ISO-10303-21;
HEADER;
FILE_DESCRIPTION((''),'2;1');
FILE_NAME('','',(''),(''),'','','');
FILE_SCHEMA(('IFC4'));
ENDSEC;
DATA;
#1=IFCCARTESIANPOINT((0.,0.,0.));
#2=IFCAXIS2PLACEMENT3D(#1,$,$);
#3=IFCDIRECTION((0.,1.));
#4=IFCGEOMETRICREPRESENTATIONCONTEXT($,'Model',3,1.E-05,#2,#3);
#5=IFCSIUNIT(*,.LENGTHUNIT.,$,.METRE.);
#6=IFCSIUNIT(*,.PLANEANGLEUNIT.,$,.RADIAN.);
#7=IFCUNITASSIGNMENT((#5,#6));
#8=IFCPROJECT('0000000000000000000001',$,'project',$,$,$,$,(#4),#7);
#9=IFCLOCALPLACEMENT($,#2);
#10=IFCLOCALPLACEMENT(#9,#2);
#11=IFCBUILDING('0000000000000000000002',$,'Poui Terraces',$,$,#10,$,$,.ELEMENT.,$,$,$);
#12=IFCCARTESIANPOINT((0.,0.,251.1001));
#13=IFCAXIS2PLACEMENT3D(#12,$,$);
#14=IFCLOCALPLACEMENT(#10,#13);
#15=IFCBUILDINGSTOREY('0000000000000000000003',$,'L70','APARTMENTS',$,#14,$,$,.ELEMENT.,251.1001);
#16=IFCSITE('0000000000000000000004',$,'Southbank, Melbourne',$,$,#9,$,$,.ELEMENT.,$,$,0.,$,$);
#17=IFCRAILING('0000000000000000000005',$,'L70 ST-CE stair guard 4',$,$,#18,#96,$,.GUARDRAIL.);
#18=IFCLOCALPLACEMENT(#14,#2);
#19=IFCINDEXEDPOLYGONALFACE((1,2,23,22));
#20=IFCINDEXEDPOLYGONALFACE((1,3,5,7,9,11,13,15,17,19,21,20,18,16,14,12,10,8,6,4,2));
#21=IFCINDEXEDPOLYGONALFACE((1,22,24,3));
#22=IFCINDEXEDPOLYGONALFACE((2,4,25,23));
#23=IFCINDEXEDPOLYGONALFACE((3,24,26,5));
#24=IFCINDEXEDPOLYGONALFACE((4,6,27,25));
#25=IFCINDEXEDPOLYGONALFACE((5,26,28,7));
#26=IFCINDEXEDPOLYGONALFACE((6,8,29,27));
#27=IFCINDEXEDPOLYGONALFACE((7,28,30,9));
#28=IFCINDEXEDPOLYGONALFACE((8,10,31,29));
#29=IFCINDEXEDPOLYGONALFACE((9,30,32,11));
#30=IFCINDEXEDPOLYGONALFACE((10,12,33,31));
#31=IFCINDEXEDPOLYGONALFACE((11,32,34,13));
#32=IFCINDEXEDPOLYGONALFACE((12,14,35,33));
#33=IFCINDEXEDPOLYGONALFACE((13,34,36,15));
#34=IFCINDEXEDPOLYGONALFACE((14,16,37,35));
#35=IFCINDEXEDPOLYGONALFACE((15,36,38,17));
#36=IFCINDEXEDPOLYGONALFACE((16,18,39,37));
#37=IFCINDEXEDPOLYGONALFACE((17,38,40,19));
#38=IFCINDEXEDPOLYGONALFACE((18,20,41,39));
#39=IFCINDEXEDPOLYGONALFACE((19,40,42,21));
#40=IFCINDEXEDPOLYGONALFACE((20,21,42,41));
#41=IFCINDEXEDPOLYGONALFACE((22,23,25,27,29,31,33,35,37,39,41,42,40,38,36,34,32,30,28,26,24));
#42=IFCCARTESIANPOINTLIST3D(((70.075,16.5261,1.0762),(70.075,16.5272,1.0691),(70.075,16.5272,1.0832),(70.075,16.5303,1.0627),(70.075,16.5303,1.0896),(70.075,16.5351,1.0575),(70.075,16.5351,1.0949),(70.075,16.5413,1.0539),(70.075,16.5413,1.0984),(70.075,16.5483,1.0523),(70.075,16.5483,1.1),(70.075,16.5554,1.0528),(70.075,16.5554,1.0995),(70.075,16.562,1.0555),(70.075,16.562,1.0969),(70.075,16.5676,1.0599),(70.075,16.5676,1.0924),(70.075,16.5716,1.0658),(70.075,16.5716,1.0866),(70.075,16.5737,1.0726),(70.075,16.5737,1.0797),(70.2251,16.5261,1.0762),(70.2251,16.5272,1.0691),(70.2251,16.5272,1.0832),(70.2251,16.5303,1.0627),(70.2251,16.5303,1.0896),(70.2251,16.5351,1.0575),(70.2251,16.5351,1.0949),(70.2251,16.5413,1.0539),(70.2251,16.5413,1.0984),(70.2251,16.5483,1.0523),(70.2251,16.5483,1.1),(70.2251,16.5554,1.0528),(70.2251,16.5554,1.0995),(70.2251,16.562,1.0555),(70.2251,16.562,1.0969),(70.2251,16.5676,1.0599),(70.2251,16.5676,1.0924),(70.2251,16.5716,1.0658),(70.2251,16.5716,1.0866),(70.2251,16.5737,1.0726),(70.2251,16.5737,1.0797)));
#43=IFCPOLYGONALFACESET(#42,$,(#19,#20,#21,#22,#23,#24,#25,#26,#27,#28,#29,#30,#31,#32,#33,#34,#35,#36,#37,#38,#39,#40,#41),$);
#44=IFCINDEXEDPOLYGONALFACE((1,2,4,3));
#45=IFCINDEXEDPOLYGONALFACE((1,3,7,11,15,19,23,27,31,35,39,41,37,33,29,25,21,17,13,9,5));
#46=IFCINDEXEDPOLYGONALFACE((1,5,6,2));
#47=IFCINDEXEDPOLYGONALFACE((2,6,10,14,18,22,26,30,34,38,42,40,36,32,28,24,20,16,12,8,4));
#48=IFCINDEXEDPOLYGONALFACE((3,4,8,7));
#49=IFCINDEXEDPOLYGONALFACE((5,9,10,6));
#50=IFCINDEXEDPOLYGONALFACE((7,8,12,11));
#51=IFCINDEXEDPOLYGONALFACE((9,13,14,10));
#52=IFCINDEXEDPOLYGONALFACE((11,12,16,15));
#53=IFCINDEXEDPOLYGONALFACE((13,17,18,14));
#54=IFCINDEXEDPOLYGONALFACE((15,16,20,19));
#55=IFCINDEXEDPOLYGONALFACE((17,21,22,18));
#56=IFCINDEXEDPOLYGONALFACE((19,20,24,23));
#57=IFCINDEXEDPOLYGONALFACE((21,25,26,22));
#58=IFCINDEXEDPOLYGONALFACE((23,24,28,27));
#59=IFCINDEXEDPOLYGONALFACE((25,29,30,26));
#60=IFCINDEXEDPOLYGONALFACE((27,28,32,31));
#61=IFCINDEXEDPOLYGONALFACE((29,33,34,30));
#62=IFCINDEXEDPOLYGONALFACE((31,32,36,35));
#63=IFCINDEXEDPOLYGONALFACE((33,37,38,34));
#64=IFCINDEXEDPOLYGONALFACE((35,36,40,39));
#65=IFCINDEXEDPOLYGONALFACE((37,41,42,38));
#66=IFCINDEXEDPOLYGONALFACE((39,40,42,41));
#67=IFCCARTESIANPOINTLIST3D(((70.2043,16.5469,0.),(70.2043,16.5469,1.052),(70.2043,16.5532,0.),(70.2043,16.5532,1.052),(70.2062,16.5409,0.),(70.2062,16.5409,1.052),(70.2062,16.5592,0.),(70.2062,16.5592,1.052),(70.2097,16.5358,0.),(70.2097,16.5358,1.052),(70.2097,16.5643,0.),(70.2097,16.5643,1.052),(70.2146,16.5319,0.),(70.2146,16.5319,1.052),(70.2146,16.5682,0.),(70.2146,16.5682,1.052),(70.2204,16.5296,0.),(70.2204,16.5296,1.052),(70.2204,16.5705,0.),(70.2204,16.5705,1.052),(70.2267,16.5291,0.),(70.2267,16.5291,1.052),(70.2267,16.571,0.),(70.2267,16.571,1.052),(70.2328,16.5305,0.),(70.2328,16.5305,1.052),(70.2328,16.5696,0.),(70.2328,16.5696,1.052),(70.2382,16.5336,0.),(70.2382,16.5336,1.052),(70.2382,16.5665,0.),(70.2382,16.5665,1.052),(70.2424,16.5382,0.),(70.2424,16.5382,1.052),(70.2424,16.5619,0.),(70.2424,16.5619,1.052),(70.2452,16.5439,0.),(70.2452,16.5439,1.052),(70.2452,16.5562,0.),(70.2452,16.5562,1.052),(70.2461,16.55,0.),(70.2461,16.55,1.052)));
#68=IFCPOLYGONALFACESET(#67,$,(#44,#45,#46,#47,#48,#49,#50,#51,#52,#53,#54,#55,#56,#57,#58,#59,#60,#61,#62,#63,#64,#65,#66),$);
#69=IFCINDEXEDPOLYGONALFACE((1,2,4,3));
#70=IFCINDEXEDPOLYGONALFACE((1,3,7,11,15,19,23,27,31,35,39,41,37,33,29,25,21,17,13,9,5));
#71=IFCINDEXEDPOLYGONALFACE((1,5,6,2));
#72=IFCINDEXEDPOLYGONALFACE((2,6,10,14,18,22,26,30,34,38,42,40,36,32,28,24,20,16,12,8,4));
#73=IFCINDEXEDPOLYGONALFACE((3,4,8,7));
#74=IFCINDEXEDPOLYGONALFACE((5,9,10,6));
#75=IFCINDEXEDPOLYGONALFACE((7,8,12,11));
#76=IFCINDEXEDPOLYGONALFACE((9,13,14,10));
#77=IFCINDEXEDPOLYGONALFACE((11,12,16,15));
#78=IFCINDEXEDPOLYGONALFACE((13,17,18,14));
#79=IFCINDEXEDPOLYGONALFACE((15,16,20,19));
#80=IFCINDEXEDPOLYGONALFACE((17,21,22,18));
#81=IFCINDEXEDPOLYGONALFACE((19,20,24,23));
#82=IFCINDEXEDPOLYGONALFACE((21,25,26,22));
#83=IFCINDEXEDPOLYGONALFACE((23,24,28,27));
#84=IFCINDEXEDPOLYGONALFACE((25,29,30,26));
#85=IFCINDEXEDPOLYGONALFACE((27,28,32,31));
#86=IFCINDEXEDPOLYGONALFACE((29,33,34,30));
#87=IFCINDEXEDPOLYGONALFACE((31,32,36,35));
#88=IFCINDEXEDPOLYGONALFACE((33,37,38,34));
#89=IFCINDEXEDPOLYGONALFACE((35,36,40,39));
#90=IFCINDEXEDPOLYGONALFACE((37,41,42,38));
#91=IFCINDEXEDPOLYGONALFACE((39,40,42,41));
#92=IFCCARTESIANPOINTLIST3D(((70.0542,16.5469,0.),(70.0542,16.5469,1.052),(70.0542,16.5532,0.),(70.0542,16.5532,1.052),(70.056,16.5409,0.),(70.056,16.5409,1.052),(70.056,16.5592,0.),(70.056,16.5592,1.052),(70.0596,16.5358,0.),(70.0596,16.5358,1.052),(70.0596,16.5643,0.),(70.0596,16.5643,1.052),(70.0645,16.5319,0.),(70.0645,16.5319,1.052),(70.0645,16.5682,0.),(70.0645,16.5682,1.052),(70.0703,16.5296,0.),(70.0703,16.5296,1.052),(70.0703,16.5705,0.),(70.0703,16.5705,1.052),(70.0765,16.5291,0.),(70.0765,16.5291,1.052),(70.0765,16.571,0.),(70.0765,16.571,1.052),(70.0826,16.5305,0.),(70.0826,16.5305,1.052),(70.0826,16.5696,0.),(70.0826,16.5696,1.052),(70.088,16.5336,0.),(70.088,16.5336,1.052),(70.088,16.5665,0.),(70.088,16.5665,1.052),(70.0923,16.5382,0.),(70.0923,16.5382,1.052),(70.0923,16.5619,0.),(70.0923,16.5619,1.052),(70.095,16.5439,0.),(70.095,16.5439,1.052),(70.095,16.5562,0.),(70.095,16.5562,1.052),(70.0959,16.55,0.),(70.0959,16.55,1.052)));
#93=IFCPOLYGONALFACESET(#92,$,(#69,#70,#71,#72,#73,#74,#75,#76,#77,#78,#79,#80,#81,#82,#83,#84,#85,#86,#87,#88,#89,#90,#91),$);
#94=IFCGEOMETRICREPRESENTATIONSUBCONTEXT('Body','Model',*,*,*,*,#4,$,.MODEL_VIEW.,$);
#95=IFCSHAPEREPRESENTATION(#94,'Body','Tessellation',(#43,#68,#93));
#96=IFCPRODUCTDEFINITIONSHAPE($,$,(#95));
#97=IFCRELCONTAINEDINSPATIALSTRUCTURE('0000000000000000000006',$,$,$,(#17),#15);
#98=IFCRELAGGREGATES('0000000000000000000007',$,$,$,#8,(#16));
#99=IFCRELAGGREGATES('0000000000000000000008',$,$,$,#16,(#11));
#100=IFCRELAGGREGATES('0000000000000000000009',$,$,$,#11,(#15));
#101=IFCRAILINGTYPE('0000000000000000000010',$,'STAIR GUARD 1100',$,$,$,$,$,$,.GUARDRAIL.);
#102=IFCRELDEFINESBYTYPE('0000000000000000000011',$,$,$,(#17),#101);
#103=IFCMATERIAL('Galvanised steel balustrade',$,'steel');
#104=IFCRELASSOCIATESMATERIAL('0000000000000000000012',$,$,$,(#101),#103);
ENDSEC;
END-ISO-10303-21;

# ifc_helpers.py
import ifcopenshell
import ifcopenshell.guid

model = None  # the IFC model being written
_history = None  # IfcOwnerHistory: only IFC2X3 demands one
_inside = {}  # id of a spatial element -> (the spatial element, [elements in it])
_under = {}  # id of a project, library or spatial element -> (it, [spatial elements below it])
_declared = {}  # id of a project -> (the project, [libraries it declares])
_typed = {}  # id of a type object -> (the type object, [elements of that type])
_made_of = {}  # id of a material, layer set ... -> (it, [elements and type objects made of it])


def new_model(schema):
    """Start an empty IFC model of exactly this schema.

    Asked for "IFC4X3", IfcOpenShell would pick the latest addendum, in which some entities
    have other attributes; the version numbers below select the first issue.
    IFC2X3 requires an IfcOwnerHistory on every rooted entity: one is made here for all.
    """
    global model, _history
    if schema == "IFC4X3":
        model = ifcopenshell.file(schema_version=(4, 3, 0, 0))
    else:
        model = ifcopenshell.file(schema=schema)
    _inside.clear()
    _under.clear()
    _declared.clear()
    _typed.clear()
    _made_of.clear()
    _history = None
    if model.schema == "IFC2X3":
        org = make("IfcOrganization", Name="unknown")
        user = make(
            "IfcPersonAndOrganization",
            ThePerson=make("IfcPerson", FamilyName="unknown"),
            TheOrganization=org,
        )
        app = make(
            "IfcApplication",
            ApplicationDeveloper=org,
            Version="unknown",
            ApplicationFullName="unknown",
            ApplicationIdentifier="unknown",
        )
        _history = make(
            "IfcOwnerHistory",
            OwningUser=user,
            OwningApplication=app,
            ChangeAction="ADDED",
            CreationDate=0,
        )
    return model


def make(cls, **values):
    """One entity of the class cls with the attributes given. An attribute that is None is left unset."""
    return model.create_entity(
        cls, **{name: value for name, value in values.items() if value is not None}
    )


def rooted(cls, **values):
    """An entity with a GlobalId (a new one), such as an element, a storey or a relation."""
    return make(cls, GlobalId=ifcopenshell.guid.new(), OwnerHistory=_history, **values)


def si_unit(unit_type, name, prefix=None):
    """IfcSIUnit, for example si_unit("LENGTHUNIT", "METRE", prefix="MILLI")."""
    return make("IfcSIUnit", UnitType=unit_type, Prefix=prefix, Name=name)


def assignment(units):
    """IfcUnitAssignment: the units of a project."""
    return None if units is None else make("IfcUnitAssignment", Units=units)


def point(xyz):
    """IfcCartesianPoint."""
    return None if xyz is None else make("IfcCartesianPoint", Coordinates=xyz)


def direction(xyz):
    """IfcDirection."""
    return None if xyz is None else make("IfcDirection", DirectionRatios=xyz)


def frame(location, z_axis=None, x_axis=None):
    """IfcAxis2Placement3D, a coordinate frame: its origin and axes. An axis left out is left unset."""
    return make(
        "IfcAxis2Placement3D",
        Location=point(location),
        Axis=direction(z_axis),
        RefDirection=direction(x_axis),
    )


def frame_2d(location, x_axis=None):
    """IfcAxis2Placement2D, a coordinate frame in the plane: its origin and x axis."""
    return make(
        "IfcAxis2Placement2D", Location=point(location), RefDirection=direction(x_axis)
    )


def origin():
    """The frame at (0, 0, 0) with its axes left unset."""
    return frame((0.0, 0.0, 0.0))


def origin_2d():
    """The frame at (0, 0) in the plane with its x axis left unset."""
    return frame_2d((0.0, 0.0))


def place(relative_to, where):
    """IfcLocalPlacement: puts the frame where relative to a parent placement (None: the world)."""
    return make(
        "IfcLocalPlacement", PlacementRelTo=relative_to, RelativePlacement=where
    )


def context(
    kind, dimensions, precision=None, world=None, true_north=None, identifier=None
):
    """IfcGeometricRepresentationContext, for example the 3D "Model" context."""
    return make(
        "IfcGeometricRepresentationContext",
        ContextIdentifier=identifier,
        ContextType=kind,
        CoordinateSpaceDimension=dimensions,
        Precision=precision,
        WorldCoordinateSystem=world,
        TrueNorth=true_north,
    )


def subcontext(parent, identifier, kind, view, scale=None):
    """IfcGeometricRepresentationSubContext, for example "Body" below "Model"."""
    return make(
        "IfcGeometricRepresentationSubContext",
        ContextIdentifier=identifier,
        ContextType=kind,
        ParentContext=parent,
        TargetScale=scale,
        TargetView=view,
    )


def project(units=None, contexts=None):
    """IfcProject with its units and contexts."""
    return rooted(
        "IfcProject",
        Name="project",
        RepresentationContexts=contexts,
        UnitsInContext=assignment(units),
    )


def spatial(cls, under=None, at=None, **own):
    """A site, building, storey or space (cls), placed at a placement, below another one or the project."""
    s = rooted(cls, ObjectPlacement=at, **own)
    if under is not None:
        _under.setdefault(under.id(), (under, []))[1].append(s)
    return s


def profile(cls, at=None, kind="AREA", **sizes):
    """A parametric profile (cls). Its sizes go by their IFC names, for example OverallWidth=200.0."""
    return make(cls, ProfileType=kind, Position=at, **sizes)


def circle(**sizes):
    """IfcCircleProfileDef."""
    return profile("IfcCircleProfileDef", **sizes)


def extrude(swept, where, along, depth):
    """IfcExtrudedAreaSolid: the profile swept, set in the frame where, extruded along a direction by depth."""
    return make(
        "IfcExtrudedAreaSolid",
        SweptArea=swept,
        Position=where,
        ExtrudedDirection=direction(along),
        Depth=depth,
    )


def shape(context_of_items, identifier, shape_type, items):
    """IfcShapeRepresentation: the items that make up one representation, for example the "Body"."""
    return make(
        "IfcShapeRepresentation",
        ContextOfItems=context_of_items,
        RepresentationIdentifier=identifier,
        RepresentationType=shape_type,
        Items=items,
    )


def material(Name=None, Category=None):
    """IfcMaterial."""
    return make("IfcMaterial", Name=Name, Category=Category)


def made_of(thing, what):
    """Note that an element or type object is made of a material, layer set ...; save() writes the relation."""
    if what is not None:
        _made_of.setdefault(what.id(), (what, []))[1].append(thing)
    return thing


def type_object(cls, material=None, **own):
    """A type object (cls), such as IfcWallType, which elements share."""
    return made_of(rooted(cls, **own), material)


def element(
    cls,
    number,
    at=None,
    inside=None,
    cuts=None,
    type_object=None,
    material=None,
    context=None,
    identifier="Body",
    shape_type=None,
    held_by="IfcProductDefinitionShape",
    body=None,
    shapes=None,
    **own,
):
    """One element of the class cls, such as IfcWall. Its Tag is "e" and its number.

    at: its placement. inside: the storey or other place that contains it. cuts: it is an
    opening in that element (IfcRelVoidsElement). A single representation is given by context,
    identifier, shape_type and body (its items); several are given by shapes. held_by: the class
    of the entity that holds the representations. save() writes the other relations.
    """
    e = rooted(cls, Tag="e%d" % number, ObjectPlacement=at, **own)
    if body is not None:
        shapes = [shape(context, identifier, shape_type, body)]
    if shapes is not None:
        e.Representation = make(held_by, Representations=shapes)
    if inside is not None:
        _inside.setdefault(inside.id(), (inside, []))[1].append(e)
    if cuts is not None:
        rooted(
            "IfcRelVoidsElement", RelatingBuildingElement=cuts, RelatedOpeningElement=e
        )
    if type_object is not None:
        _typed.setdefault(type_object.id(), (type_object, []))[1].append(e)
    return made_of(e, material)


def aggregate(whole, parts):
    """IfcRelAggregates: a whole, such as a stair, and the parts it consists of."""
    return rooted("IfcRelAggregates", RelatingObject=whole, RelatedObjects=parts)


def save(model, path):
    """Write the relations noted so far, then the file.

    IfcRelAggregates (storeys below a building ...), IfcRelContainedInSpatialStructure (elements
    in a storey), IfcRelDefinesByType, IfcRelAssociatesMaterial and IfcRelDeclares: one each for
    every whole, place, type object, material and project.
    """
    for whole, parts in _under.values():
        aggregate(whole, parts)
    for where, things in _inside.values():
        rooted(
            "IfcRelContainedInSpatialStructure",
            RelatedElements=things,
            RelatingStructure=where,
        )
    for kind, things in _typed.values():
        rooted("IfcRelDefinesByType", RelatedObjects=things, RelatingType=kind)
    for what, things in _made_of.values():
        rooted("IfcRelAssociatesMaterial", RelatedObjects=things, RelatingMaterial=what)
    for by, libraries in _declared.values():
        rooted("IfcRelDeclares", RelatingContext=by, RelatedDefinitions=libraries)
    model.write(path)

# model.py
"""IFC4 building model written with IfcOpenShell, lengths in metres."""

from ifc_helpers import new_model, si_unit, direction, frame, origin, origin_2d, place, context, subcontext, project, spatial, circle, extrude, material, type_object, element, save


model = new_model("IFC4")

# Units and contexts
model_context = context("Model", 3, precision=1e-05, world=origin(), true_north=direction((0.0, 1.0)))
body_context = subcontext(model_context, "Body", "Model", "MODEL_VIEW")
ifc_project = project(units=[si_unit("LENGTHUNIT", "METRE"), si_unit("PLANEANGLEUNIT", "RADIAN")], contexts=[model_context])

# Site, building, storey
site_placement = place(None, origin())
site = spatial("IfcSite", under=ifc_project, at=site_placement, Name="Southbank, Melbourne", CompositionType="ELEMENT", RefElevation=0.0)
building_placement = place(site_placement, origin())
building = spatial("IfcBuilding", under=site, at=building_placement, Name="Poui Terraces", CompositionType="ELEMENT")
storey_placement = place(building_placement, frame((0.0, 0.0, 251.1001)))
storey = spatial("IfcBuildingStorey", under=building, at=storey_placement, Name="L70", Description="APARTMENTS", CompositionType="ELEMENT", Elevation=251.1001)

# Railing
ifc_material_1 = material(Name="Galvanised steel balustrade", Category="steel")
railing_type_1 = type_object("IfcRailingType", Name="STAIR GUARD 1100", PredefinedType="GUARDRAIL", material=ifc_material_1)
railing_1_placement = place(storey_placement, frame((70.2251, 16.55, 0.0)))
element("IfcRailing", 1, at=railing_1_placement, inside=storey, type_object=railing_type_1, Name="L70 ST-CE stair guard 4", PredefinedType="GUARDRAIL", context=body_context, shape_type="SweptSolid", body=[
    extrude(circle(Radius=0.0239, at=origin_2d()), frame((0.0, 0.0, 1.0762), z_axis=(-1.0, 0.0, 0.0), x_axis=(0.0, -1.0, 0.0)), (0.0, 0.0, 1.0), 0.1501),
    extrude(circle(Radius=0.021, at=origin_2d()), origin(), (0.0, 0.0, 1.0), 1.052),
    extrude(circle(Radius=0.021, at=origin_2d()), frame((-0.1501, 0.0, 0.0)), (0.0, 0.0, 1.0), 1.052),
])

save(model, "model.ifc")
